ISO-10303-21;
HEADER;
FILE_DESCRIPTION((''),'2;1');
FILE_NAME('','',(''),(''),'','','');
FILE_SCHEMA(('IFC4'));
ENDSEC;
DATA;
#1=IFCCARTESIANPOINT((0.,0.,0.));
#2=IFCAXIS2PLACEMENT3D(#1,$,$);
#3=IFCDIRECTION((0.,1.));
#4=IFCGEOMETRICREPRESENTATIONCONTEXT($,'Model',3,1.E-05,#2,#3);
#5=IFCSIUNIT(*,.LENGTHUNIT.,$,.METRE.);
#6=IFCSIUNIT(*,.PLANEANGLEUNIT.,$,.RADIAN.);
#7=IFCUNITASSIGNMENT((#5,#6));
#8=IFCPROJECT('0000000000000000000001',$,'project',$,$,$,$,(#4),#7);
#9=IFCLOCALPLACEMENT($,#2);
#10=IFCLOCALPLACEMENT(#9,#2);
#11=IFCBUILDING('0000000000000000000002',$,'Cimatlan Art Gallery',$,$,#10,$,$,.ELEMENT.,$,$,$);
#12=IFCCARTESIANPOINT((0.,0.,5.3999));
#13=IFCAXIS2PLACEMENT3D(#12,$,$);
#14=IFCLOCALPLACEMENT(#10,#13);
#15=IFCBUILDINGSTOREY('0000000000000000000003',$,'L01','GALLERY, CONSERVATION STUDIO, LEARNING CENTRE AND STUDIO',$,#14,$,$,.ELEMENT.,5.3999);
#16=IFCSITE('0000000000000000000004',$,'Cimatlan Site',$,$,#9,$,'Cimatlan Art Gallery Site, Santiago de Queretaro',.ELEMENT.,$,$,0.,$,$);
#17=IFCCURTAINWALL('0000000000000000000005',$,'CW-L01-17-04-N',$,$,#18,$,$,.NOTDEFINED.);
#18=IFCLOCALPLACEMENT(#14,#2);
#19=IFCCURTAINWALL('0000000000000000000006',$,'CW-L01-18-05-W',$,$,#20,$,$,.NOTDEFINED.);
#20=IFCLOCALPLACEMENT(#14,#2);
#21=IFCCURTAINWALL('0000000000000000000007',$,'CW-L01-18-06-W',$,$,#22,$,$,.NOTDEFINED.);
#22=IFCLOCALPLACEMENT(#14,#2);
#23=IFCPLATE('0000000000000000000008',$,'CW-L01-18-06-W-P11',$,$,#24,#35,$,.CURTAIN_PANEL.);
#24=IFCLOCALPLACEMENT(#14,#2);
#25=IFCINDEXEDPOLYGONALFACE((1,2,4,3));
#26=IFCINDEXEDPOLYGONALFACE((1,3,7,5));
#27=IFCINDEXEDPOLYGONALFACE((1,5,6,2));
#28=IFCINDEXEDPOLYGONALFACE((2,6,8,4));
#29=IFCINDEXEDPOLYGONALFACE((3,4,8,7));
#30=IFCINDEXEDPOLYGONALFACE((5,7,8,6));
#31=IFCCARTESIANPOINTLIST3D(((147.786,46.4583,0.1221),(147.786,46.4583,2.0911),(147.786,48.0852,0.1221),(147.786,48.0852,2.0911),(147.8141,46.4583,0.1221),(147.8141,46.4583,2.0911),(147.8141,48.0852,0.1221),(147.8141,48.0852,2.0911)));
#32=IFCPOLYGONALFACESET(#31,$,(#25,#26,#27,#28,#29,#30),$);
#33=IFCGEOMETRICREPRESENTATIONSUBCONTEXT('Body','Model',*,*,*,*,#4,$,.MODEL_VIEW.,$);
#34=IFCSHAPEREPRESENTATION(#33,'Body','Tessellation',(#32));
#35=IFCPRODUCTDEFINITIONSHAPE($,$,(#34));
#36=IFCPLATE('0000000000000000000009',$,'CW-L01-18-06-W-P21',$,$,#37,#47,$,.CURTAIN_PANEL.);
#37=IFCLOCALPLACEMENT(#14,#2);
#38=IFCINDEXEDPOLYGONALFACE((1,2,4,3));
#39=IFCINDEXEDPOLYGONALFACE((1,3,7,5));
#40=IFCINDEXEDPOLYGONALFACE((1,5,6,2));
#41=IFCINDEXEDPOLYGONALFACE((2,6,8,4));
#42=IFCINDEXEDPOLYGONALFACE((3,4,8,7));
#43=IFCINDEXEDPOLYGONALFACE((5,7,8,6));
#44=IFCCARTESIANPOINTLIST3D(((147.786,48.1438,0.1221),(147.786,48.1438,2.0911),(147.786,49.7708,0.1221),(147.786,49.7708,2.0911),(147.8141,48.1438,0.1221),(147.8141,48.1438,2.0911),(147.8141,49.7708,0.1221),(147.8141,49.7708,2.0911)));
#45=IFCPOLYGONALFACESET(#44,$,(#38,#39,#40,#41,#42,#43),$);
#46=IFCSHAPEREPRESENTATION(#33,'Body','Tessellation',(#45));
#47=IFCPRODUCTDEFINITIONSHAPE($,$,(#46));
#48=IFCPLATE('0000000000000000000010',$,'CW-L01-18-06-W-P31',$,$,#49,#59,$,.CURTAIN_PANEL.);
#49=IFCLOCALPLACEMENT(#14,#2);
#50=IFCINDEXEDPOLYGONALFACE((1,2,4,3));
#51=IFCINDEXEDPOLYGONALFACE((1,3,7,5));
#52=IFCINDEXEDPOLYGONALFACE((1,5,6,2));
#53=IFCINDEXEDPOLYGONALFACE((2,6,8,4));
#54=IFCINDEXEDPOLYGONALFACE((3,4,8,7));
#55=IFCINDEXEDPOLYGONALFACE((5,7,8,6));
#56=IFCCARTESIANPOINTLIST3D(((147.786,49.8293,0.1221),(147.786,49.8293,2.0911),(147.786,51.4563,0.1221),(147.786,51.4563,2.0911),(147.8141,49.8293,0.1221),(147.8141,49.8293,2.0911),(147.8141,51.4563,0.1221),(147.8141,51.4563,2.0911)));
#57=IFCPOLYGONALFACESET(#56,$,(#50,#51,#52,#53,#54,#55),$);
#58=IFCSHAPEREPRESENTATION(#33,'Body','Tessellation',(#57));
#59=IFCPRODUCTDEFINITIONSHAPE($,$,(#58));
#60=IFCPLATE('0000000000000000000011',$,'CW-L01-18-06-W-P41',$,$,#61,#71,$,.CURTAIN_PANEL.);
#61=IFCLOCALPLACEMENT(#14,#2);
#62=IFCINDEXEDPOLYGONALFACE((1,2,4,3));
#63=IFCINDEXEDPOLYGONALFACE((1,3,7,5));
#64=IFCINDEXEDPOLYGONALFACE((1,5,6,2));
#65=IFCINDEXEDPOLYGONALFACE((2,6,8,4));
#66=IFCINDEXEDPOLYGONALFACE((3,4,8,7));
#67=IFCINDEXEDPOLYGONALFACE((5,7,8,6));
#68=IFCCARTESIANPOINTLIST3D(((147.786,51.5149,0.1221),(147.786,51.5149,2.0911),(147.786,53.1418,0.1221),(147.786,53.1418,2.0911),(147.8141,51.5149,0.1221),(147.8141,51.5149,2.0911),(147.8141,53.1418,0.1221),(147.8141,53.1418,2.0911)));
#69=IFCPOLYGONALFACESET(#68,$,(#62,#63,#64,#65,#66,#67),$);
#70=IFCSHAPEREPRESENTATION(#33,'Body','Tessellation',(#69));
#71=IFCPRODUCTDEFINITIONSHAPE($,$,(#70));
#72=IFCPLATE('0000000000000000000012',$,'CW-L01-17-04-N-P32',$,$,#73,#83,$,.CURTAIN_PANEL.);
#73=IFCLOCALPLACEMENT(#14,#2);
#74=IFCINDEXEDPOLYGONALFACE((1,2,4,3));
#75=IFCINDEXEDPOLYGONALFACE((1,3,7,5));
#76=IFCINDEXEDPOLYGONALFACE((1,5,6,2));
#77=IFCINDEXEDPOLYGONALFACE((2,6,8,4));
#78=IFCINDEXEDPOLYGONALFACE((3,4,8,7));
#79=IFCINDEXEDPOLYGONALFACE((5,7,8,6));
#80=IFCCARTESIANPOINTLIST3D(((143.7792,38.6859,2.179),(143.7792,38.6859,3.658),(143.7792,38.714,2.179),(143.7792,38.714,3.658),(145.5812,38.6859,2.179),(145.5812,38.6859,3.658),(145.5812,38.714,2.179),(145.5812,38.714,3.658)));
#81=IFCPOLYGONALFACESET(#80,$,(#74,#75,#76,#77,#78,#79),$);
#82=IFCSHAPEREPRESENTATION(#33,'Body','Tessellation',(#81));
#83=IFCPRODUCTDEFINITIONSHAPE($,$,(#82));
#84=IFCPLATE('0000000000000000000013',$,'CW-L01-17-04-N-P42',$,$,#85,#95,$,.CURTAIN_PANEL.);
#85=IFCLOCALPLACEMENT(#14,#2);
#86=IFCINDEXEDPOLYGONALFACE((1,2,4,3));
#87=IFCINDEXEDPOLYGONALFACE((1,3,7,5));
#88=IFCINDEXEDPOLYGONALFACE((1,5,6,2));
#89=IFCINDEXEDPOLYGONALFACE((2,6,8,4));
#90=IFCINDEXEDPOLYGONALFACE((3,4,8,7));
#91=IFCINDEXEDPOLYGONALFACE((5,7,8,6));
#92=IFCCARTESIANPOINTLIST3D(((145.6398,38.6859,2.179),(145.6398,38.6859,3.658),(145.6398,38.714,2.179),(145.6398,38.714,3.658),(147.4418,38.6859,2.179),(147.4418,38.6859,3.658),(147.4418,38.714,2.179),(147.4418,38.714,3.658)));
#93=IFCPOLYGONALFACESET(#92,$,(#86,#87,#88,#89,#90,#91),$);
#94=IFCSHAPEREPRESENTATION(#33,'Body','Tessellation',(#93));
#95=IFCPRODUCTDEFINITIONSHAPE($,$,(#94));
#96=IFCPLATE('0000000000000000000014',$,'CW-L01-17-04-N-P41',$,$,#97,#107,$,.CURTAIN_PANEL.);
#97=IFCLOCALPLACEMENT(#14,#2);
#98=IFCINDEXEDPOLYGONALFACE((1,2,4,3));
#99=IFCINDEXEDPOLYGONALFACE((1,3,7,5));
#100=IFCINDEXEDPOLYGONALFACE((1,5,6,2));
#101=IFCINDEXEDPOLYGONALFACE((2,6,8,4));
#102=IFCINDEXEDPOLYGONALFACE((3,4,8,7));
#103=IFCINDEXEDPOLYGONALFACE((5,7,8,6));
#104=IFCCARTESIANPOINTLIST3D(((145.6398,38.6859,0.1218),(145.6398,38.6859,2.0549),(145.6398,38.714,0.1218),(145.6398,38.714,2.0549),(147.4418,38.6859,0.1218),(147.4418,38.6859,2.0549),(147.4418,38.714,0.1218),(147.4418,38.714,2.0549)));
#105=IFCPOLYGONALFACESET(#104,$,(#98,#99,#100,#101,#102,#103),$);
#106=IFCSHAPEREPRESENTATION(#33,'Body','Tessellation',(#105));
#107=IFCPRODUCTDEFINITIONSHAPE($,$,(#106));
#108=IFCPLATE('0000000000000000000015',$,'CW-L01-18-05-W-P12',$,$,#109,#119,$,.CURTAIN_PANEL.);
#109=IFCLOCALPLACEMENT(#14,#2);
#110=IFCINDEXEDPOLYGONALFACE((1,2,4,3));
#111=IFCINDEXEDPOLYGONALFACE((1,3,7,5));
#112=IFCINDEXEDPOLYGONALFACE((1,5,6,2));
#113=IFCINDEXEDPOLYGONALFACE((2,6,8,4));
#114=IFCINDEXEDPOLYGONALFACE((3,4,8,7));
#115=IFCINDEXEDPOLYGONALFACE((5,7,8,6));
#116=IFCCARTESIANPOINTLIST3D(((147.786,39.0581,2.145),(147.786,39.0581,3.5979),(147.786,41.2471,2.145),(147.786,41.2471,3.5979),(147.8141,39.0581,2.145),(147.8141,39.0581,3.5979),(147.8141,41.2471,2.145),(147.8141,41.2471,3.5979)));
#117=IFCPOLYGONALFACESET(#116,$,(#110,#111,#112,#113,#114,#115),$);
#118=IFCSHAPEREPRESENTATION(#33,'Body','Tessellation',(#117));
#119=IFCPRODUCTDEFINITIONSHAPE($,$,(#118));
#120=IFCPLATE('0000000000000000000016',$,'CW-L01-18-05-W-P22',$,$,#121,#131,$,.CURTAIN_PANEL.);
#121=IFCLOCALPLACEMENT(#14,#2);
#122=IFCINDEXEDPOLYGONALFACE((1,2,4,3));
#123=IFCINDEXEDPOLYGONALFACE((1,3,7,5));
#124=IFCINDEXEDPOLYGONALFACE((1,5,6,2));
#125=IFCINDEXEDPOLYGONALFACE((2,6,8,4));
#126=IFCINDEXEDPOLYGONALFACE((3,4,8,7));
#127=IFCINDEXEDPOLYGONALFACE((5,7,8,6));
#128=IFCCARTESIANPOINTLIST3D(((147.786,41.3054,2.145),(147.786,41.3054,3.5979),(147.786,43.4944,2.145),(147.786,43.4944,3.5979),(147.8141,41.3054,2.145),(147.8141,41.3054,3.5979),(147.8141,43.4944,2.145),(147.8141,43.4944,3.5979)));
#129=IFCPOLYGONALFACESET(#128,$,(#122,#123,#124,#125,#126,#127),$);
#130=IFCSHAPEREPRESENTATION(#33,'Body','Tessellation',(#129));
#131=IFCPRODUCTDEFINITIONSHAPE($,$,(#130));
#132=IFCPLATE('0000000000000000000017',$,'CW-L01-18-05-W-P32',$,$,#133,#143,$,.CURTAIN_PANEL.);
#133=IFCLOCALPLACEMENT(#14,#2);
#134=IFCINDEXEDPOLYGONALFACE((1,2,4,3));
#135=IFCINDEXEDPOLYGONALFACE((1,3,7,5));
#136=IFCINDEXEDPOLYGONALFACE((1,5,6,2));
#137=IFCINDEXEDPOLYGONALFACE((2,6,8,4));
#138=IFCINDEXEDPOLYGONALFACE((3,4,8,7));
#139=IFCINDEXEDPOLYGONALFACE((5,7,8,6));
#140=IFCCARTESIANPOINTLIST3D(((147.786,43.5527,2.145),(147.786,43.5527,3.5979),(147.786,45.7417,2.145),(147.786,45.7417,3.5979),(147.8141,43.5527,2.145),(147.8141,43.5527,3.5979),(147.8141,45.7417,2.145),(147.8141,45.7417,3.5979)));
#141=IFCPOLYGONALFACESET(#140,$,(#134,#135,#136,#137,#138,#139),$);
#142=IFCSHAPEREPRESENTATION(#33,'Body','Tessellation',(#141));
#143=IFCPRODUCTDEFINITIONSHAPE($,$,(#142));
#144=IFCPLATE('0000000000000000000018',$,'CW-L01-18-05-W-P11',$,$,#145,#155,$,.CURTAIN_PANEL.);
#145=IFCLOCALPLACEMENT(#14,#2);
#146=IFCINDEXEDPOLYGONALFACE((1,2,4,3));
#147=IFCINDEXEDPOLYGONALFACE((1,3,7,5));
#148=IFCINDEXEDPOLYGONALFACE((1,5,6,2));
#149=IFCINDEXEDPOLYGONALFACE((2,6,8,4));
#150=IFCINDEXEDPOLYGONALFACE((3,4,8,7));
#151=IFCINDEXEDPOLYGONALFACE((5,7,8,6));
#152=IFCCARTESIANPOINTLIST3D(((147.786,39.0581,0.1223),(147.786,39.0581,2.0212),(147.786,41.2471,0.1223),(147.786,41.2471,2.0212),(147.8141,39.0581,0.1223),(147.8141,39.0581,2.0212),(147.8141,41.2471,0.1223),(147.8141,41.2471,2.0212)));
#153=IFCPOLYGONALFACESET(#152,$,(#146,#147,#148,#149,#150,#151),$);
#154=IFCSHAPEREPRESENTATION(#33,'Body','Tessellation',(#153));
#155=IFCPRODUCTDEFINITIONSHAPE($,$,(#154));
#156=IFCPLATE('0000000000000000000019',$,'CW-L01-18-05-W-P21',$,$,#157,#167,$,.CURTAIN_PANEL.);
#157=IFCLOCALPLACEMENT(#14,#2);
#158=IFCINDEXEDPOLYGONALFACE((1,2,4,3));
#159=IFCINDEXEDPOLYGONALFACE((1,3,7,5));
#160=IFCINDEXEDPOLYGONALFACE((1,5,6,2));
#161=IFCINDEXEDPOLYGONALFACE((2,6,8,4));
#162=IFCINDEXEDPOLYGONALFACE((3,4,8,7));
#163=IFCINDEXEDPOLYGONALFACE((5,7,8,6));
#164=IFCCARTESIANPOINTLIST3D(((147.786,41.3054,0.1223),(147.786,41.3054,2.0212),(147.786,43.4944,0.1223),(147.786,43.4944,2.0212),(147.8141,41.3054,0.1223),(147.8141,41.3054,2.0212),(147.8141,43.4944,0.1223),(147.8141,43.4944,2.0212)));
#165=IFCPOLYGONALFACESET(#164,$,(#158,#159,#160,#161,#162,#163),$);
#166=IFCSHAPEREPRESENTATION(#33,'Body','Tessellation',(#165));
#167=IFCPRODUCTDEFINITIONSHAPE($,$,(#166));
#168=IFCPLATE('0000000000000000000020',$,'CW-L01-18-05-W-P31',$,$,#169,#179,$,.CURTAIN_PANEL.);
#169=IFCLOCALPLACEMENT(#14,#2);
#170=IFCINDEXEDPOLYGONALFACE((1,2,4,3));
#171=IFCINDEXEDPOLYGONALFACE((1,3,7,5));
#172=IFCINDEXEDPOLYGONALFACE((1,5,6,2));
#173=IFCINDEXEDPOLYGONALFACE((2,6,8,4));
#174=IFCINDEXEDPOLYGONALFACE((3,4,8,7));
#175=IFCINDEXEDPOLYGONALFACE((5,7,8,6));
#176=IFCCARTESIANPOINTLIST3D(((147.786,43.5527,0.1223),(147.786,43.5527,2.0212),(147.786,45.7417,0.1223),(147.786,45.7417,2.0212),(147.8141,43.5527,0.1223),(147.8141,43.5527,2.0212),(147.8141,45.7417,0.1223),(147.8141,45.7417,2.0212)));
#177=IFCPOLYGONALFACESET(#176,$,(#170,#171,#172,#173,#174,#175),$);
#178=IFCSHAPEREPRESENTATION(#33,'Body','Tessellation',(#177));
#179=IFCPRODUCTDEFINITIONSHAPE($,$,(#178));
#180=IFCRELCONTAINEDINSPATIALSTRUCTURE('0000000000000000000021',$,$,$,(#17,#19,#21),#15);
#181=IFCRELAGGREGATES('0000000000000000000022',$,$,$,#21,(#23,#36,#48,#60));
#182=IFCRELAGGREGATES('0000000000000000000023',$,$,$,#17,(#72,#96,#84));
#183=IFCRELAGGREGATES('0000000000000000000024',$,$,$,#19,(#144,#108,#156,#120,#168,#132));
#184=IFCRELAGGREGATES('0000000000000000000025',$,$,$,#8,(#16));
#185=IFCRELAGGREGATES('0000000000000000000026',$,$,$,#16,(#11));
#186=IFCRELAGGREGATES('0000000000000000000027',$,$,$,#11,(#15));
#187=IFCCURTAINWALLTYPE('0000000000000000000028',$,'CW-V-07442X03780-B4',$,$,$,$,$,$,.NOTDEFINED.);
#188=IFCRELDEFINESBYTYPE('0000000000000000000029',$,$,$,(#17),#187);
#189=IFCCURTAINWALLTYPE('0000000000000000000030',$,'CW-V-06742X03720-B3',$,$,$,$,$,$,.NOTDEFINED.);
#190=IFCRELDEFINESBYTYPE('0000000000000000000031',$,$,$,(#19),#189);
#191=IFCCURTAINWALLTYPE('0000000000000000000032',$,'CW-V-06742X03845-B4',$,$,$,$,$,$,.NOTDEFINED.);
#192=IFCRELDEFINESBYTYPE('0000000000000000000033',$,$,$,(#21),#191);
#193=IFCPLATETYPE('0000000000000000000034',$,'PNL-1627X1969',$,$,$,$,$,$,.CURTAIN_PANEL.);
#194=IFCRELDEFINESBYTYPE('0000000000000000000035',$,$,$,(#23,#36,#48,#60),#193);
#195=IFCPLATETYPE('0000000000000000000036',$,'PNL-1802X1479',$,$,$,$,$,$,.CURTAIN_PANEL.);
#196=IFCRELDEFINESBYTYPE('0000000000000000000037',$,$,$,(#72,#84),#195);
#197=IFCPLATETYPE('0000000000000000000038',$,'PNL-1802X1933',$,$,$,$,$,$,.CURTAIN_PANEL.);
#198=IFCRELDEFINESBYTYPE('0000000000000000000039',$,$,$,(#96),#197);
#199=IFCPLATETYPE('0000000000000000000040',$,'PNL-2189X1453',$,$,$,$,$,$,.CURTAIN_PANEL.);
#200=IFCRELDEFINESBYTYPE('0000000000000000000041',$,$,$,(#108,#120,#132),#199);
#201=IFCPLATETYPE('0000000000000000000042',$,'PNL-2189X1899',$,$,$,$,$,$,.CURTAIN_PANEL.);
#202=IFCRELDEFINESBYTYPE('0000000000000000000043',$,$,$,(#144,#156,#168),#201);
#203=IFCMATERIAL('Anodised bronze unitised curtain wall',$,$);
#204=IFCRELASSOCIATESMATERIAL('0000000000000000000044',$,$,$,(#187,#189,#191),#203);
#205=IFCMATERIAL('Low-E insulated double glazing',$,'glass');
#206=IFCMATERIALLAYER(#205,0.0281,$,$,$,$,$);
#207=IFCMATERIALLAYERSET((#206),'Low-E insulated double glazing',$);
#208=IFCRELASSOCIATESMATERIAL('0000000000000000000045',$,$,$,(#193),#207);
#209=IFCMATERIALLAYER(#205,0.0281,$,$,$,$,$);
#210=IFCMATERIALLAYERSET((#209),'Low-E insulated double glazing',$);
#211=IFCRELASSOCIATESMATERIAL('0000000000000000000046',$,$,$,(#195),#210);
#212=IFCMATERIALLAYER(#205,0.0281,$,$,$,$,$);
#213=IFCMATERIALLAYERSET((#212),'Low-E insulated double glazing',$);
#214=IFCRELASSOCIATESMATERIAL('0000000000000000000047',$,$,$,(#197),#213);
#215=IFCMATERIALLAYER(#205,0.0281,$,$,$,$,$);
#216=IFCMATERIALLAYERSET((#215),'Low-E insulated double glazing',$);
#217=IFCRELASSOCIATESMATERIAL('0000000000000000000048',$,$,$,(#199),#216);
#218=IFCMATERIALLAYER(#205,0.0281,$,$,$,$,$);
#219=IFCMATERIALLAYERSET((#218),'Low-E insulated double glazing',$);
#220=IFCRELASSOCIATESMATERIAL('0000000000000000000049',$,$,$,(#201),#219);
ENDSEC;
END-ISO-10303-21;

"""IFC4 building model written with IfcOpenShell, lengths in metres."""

from ifc_helpers import new_model, si_unit, direction, frame, origin, origin_2d, place, context, subcontext, project, spatial, rectangle, extrude, material, layer, layer_set, type_object, element, aggregate, save


model = new_model("IFC4")

# Units and contexts
model_context = context("Model", 3, precision=1e-05, world=origin(), true_north=direction((0.0, 1.0)))
body_context = subcontext(model_context, "Body", "Model", "MODEL_VIEW")
ifc_project = project(units=[si_unit("LENGTHUNIT", "METRE"), si_unit("PLANEANGLEUNIT", "RADIAN")], contexts=[model_context])

# Site, building, storey
site_placement = place(None, origin())
site = spatial("IfcSite", under=ifc_project, at=site_placement, Name="Cimatlan Site", LongName="Cimatlan Art Gallery Site, Santiago de Queretaro", CompositionType="ELEMENT", RefElevation=0.0)
building_placement = place(site_placement, origin())
building = spatial("IfcBuilding", under=site, at=building_placement, Name="Cimatlan Art Gallery", CompositionType="ELEMENT")
storey_placement = place(building_placement, frame((0.0, 0.0, 5.3999)))
storey = spatial("IfcBuildingStorey", under=building, at=storey_placement, Name="L01", Description="GALLERY, CONSERVATION STUDIO, LEARNING CENTRE AND STUDIO", CompositionType="ELEMENT", Elevation=5.3999)

# Curtain walls
ifc_material_1 = material(Name="Anodised bronze unitised curtain wall")
curtain_wall_type_1 = type_object("IfcCurtainWallType", Name="CW-V-07442X03780-B4", PredefinedType="NOTDEFINED", material=ifc_material_1)
curtain_wall_1_placement = place(storey_placement, origin())
curtain_wall_1 = element("IfcCurtainWall", 1, at=curtain_wall_1_placement, inside=storey, type_object=curtain_wall_type_1, Name="CW-L01-17-04-N", PredefinedType="NOTDEFINED")
curtain_wall_type_2 = type_object("IfcCurtainWallType", Name="CW-V-06742X03720-B3", PredefinedType="NOTDEFINED", material=ifc_material_1)
curtain_wall_2_placement = place(storey_placement, origin())
curtain_wall_2 = element("IfcCurtainWall", 2, at=curtain_wall_2_placement, inside=storey, type_object=curtain_wall_type_2, Name="CW-L01-18-05-W", PredefinedType="NOTDEFINED")
curtain_wall_type_3 = type_object("IfcCurtainWallType", Name="CW-V-06742X03845-B4", PredefinedType="NOTDEFINED", material=ifc_material_1)
curtain_wall_3_placement = place(storey_placement, origin())
curtain_wall_3 = element("IfcCurtainWall", 3, at=curtain_wall_3_placement, inside=storey, type_object=curtain_wall_type_3, Name="CW-L01-18-06-W", PredefinedType="NOTDEFINED")

# Plates
ifc_material_2 = material(Name="Low-E insulated double glazing", Category="glass")
ifc_layer_1 = layer(ifc_material_2, 0.0281)
ifc_layer_set_1 = layer_set([ifc_layer_1], Name="Low-E insulated double glazing")
plate_type_1 = type_object("IfcPlateType", Name="PNL-1627X1969", PredefinedType="CURTAIN_PANEL", material=ifc_layer_set_1)
plate_1_placement = place(storey_placement, frame((147.8, 47.2717, 0.1221), z_axis=(0.0, 0.0, 1.0), x_axis=(0.0, 1.0, 0.0)))
plate_1 = element("IfcPlate", 4, at=plate_1_placement, type_object=plate_type_1, Name="CW-L01-18-06-W-P11", PredefinedType="CURTAIN_PANEL", context=body_context, shape_type="SweptSolid", body=[
    extrude(rectangle(XDim=1.627, YDim=0.0281, at=origin_2d()), origin(), (0.0, 0.0, 1.0), 1.969),
])
plate_2_placement = place(storey_placement, frame((147.8, 48.9573, 0.1221), z_axis=(0.0, 0.0, 1.0), x_axis=(0.0, 1.0, 0.0)))
plate_2 = element("IfcPlate", 5, at=plate_2_placement, type_object=plate_type_1, Name="CW-L01-18-06-W-P21", PredefinedType="CURTAIN_PANEL", context=body_context, shape_type="SweptSolid", body=[
    extrude(rectangle(XDim=1.627, YDim=0.0281, at=origin_2d()), origin(), (0.0, 0.0, 1.0), 1.969),
])
plate_3_placement = place(storey_placement, frame((147.8, 50.6428, 0.1221), z_axis=(0.0, 0.0, 1.0), x_axis=(0.0, 1.0, 0.0)))
plate_3 = element("IfcPlate", 6, at=plate_3_placement, type_object=plate_type_1, Name="CW-L01-18-06-W-P31", PredefinedType="CURTAIN_PANEL", context=body_context, shape_type="SweptSolid", body=[
    extrude(rectangle(XDim=1.627, YDim=0.0281, at=origin_2d()), origin(), (0.0, 0.0, 1.0), 1.969),
])
plate_4_placement = place(storey_placement, frame((147.8, 52.3284, 0.1221), z_axis=(0.0, 0.0, 1.0), x_axis=(0.0, 1.0, 0.0)))
plate_4 = element("IfcPlate", 7, at=plate_4_placement, type_object=plate_type_1, Name="CW-L01-18-06-W-P41", PredefinedType="CURTAIN_PANEL", context=body_context, shape_type="SweptSolid", body=[
    extrude(rectangle(XDim=1.627, YDim=0.0281, at=origin_2d()), origin(), (0.0, 0.0, 1.0), 1.969),
])
aggregate(curtain_wall_3, [plate_1, plate_2, plate_3, plate_4])
ifc_layer_2 = layer(ifc_material_2, 0.0281)
ifc_layer_set_2 = layer_set([ifc_layer_2], Name="Low-E insulated double glazing")
plate_type_2 = type_object("IfcPlateType", Name="PNL-1802X1479", PredefinedType="CURTAIN_PANEL", material=ifc_layer_set_2)
plate_5_placement = place(storey_placement, frame((144.6802, 38.7, 2.179), z_axis=(0.0, 0.0, 1.0), x_axis=(1.0, 0.0, 0.0)))
plate_5 = element("IfcPlate", 8, at=plate_5_placement, type_object=plate_type_2, Name="CW-L01-17-04-N-P32", PredefinedType="CURTAIN_PANEL", context=body_context, shape_type="SweptSolid", body=[
    extrude(rectangle(XDim=1.802, YDim=0.0281, at=origin_2d()), origin(), (0.0, 0.0, 1.0), 1.479),
])
plate_6_placement = place(storey_placement, frame((146.5408, 38.7, 2.179), z_axis=(0.0, 0.0, 1.0), x_axis=(1.0, 0.0, 0.0)))
plate_6 = element("IfcPlate", 9, at=plate_6_placement, type_object=plate_type_2, Name="CW-L01-17-04-N-P42", PredefinedType="CURTAIN_PANEL", context=body_context, shape_type="SweptSolid", body=[
    extrude(rectangle(XDim=1.802, YDim=0.0281, at=origin_2d()), origin(), (0.0, 0.0, 1.0), 1.479),
])
ifc_layer_3 = layer(ifc_material_2, 0.0281)
ifc_layer_set_3 = layer_set([ifc_layer_3], Name="Low-E insulated double glazing")
plate_type_3 = type_object("IfcPlateType", Name="PNL-1802X1933", PredefinedType="CURTAIN_PANEL", material=ifc_layer_set_3)
plate_7_placement = place(storey_placement, frame((146.5408, 38.7, 0.1218), z_axis=(0.0, 0.0, 1.0), x_axis=(1.0, 0.0, 0.0)))
plate_7 = element("IfcPlate", 10, at=plate_7_placement, type_object=plate_type_3, Name="CW-L01-17-04-N-P41", PredefinedType="CURTAIN_PANEL", context=body_context, shape_type="SweptSolid", body=[
    extrude(rectangle(XDim=1.802, YDim=0.0281, at=origin_2d()), origin(), (0.0, 0.0, 1.0), 1.9331),
])
aggregate(curtain_wall_1, [plate_5, plate_7, plate_6])
ifc_layer_4 = layer(ifc_material_2, 0.0281)
ifc_layer_set_4 = layer_set([ifc_layer_4], Name="Low-E insulated double glazing")
plate_type_4 = type_object("IfcPlateType", Name="PNL-2189X1453", PredefinedType="CURTAIN_PANEL", material=ifc_layer_set_4)
plate_8_placement = place(storey_placement, frame((147.8, 40.1526, 2.145), z_axis=(0.0, 0.0, 1.0), x_axis=(0.0, 1.0, 0.0)))
plate_8 = element("IfcPlate", 11, at=plate_8_placement, type_object=plate_type_4, Name="CW-L01-18-05-W-P12", PredefinedType="CURTAIN_PANEL", context=body_context, shape_type="SweptSolid", body=[
    extrude(rectangle(XDim=2.189, YDim=0.0281, at=origin_2d()), origin(), (0.0, 0.0, 1.0), 1.4529),
])
plate_9_placement = place(storey_placement, frame((147.8, 42.3999, 2.145), z_axis=(0.0, 0.0, 1.0), x_axis=(0.0, 1.0, 0.0)))
plate_9 = element("IfcPlate", 12, at=plate_9_placement, type_object=plate_type_4, Name="CW-L01-18-05-W-P22", PredefinedType="CURTAIN_PANEL", context=body_context, shape_type="SweptSolid", body=[
    extrude(rectangle(XDim=2.189, YDim=0.0281, at=origin_2d()), origin(), (0.0, 0.0, 1.0), 1.4529),
])
plate_10_placement = place(storey_placement, frame((147.8, 44.6472, 2.145), z_axis=(0.0, 0.0, 1.0), x_axis=(0.0, 1.0, 0.0)))
plate_10 = element("IfcPlate", 13, at=plate_10_placement, type_object=plate_type_4, Name="CW-L01-18-05-W-P32", PredefinedType="CURTAIN_PANEL", context=body_context, shape_type="SweptSolid", body=[
    extrude(rectangle(XDim=2.189, YDim=0.0281, at=origin_2d()), origin(), (0.0, 0.0, 1.0), 1.4529),
])
ifc_layer_5 = layer(ifc_material_2, 0.0281)
ifc_layer_set_5 = layer_set([ifc_layer_5], Name="Low-E insulated double glazing")
plate_type_5 = type_object("IfcPlateType", Name="PNL-2189X1899", PredefinedType="CURTAIN_PANEL", material=ifc_layer_set_5)
plate_11_placement = place(storey_placement, frame((147.8, 40.1526, 0.1223), z_axis=(0.0, 0.0, 1.0), x_axis=(0.0, 1.0, 0.0)))
plate_11 = element("IfcPlate", 14, at=plate_11_placement, type_object=plate_type_5, Name="CW-L01-18-05-W-P11", PredefinedType="CURTAIN_PANEL", context=body_context, shape_type="SweptSolid", body=[
    extrude(rectangle(XDim=2.189, YDim=0.0281, at=origin_2d()), origin(), (0.0, 0.0, 1.0), 1.8989),
])
plate_12_placement = place(storey_placement, frame((147.8, 42.3999, 0.1223), z_axis=(0.0, 0.0, 1.0), x_axis=(0.0, 1.0, 0.0)))
plate_12 = element("IfcPlate", 15, at=plate_12_placement, type_object=plate_type_5, Name="CW-L01-18-05-W-P21", PredefinedType="CURTAIN_PANEL", context=body_context, shape_type="SweptSolid", body=[
    extrude(rectangle(XDim=2.189, YDim=0.0281, at=origin_2d()), origin(), (0.0, 0.0, 1.0), 1.8989),
])
plate_13_placement = place(storey_placement, frame((147.8, 44.6472, 0.1223), z_axis=(0.0, 0.0, 1.0), x_axis=(0.0, 1.0, 0.0)))
plate_13 = element("IfcPlate", 16, at=plate_13_placement, type_object=plate_type_5, Name="CW-L01-18-05-W-P31", PredefinedType="CURTAIN_PANEL", context=body_context, shape_type="SweptSolid", body=[
    extrude(rectangle(XDim=2.189, YDim=0.0281, at=origin_2d()), origin(), (0.0, 0.0, 1.0), 1.8989),
])
aggregate(curtain_wall_2, [plate_11, plate_8, plate_12, plate_9, plate_13, plate_10])

save(model, "model.ifc")
